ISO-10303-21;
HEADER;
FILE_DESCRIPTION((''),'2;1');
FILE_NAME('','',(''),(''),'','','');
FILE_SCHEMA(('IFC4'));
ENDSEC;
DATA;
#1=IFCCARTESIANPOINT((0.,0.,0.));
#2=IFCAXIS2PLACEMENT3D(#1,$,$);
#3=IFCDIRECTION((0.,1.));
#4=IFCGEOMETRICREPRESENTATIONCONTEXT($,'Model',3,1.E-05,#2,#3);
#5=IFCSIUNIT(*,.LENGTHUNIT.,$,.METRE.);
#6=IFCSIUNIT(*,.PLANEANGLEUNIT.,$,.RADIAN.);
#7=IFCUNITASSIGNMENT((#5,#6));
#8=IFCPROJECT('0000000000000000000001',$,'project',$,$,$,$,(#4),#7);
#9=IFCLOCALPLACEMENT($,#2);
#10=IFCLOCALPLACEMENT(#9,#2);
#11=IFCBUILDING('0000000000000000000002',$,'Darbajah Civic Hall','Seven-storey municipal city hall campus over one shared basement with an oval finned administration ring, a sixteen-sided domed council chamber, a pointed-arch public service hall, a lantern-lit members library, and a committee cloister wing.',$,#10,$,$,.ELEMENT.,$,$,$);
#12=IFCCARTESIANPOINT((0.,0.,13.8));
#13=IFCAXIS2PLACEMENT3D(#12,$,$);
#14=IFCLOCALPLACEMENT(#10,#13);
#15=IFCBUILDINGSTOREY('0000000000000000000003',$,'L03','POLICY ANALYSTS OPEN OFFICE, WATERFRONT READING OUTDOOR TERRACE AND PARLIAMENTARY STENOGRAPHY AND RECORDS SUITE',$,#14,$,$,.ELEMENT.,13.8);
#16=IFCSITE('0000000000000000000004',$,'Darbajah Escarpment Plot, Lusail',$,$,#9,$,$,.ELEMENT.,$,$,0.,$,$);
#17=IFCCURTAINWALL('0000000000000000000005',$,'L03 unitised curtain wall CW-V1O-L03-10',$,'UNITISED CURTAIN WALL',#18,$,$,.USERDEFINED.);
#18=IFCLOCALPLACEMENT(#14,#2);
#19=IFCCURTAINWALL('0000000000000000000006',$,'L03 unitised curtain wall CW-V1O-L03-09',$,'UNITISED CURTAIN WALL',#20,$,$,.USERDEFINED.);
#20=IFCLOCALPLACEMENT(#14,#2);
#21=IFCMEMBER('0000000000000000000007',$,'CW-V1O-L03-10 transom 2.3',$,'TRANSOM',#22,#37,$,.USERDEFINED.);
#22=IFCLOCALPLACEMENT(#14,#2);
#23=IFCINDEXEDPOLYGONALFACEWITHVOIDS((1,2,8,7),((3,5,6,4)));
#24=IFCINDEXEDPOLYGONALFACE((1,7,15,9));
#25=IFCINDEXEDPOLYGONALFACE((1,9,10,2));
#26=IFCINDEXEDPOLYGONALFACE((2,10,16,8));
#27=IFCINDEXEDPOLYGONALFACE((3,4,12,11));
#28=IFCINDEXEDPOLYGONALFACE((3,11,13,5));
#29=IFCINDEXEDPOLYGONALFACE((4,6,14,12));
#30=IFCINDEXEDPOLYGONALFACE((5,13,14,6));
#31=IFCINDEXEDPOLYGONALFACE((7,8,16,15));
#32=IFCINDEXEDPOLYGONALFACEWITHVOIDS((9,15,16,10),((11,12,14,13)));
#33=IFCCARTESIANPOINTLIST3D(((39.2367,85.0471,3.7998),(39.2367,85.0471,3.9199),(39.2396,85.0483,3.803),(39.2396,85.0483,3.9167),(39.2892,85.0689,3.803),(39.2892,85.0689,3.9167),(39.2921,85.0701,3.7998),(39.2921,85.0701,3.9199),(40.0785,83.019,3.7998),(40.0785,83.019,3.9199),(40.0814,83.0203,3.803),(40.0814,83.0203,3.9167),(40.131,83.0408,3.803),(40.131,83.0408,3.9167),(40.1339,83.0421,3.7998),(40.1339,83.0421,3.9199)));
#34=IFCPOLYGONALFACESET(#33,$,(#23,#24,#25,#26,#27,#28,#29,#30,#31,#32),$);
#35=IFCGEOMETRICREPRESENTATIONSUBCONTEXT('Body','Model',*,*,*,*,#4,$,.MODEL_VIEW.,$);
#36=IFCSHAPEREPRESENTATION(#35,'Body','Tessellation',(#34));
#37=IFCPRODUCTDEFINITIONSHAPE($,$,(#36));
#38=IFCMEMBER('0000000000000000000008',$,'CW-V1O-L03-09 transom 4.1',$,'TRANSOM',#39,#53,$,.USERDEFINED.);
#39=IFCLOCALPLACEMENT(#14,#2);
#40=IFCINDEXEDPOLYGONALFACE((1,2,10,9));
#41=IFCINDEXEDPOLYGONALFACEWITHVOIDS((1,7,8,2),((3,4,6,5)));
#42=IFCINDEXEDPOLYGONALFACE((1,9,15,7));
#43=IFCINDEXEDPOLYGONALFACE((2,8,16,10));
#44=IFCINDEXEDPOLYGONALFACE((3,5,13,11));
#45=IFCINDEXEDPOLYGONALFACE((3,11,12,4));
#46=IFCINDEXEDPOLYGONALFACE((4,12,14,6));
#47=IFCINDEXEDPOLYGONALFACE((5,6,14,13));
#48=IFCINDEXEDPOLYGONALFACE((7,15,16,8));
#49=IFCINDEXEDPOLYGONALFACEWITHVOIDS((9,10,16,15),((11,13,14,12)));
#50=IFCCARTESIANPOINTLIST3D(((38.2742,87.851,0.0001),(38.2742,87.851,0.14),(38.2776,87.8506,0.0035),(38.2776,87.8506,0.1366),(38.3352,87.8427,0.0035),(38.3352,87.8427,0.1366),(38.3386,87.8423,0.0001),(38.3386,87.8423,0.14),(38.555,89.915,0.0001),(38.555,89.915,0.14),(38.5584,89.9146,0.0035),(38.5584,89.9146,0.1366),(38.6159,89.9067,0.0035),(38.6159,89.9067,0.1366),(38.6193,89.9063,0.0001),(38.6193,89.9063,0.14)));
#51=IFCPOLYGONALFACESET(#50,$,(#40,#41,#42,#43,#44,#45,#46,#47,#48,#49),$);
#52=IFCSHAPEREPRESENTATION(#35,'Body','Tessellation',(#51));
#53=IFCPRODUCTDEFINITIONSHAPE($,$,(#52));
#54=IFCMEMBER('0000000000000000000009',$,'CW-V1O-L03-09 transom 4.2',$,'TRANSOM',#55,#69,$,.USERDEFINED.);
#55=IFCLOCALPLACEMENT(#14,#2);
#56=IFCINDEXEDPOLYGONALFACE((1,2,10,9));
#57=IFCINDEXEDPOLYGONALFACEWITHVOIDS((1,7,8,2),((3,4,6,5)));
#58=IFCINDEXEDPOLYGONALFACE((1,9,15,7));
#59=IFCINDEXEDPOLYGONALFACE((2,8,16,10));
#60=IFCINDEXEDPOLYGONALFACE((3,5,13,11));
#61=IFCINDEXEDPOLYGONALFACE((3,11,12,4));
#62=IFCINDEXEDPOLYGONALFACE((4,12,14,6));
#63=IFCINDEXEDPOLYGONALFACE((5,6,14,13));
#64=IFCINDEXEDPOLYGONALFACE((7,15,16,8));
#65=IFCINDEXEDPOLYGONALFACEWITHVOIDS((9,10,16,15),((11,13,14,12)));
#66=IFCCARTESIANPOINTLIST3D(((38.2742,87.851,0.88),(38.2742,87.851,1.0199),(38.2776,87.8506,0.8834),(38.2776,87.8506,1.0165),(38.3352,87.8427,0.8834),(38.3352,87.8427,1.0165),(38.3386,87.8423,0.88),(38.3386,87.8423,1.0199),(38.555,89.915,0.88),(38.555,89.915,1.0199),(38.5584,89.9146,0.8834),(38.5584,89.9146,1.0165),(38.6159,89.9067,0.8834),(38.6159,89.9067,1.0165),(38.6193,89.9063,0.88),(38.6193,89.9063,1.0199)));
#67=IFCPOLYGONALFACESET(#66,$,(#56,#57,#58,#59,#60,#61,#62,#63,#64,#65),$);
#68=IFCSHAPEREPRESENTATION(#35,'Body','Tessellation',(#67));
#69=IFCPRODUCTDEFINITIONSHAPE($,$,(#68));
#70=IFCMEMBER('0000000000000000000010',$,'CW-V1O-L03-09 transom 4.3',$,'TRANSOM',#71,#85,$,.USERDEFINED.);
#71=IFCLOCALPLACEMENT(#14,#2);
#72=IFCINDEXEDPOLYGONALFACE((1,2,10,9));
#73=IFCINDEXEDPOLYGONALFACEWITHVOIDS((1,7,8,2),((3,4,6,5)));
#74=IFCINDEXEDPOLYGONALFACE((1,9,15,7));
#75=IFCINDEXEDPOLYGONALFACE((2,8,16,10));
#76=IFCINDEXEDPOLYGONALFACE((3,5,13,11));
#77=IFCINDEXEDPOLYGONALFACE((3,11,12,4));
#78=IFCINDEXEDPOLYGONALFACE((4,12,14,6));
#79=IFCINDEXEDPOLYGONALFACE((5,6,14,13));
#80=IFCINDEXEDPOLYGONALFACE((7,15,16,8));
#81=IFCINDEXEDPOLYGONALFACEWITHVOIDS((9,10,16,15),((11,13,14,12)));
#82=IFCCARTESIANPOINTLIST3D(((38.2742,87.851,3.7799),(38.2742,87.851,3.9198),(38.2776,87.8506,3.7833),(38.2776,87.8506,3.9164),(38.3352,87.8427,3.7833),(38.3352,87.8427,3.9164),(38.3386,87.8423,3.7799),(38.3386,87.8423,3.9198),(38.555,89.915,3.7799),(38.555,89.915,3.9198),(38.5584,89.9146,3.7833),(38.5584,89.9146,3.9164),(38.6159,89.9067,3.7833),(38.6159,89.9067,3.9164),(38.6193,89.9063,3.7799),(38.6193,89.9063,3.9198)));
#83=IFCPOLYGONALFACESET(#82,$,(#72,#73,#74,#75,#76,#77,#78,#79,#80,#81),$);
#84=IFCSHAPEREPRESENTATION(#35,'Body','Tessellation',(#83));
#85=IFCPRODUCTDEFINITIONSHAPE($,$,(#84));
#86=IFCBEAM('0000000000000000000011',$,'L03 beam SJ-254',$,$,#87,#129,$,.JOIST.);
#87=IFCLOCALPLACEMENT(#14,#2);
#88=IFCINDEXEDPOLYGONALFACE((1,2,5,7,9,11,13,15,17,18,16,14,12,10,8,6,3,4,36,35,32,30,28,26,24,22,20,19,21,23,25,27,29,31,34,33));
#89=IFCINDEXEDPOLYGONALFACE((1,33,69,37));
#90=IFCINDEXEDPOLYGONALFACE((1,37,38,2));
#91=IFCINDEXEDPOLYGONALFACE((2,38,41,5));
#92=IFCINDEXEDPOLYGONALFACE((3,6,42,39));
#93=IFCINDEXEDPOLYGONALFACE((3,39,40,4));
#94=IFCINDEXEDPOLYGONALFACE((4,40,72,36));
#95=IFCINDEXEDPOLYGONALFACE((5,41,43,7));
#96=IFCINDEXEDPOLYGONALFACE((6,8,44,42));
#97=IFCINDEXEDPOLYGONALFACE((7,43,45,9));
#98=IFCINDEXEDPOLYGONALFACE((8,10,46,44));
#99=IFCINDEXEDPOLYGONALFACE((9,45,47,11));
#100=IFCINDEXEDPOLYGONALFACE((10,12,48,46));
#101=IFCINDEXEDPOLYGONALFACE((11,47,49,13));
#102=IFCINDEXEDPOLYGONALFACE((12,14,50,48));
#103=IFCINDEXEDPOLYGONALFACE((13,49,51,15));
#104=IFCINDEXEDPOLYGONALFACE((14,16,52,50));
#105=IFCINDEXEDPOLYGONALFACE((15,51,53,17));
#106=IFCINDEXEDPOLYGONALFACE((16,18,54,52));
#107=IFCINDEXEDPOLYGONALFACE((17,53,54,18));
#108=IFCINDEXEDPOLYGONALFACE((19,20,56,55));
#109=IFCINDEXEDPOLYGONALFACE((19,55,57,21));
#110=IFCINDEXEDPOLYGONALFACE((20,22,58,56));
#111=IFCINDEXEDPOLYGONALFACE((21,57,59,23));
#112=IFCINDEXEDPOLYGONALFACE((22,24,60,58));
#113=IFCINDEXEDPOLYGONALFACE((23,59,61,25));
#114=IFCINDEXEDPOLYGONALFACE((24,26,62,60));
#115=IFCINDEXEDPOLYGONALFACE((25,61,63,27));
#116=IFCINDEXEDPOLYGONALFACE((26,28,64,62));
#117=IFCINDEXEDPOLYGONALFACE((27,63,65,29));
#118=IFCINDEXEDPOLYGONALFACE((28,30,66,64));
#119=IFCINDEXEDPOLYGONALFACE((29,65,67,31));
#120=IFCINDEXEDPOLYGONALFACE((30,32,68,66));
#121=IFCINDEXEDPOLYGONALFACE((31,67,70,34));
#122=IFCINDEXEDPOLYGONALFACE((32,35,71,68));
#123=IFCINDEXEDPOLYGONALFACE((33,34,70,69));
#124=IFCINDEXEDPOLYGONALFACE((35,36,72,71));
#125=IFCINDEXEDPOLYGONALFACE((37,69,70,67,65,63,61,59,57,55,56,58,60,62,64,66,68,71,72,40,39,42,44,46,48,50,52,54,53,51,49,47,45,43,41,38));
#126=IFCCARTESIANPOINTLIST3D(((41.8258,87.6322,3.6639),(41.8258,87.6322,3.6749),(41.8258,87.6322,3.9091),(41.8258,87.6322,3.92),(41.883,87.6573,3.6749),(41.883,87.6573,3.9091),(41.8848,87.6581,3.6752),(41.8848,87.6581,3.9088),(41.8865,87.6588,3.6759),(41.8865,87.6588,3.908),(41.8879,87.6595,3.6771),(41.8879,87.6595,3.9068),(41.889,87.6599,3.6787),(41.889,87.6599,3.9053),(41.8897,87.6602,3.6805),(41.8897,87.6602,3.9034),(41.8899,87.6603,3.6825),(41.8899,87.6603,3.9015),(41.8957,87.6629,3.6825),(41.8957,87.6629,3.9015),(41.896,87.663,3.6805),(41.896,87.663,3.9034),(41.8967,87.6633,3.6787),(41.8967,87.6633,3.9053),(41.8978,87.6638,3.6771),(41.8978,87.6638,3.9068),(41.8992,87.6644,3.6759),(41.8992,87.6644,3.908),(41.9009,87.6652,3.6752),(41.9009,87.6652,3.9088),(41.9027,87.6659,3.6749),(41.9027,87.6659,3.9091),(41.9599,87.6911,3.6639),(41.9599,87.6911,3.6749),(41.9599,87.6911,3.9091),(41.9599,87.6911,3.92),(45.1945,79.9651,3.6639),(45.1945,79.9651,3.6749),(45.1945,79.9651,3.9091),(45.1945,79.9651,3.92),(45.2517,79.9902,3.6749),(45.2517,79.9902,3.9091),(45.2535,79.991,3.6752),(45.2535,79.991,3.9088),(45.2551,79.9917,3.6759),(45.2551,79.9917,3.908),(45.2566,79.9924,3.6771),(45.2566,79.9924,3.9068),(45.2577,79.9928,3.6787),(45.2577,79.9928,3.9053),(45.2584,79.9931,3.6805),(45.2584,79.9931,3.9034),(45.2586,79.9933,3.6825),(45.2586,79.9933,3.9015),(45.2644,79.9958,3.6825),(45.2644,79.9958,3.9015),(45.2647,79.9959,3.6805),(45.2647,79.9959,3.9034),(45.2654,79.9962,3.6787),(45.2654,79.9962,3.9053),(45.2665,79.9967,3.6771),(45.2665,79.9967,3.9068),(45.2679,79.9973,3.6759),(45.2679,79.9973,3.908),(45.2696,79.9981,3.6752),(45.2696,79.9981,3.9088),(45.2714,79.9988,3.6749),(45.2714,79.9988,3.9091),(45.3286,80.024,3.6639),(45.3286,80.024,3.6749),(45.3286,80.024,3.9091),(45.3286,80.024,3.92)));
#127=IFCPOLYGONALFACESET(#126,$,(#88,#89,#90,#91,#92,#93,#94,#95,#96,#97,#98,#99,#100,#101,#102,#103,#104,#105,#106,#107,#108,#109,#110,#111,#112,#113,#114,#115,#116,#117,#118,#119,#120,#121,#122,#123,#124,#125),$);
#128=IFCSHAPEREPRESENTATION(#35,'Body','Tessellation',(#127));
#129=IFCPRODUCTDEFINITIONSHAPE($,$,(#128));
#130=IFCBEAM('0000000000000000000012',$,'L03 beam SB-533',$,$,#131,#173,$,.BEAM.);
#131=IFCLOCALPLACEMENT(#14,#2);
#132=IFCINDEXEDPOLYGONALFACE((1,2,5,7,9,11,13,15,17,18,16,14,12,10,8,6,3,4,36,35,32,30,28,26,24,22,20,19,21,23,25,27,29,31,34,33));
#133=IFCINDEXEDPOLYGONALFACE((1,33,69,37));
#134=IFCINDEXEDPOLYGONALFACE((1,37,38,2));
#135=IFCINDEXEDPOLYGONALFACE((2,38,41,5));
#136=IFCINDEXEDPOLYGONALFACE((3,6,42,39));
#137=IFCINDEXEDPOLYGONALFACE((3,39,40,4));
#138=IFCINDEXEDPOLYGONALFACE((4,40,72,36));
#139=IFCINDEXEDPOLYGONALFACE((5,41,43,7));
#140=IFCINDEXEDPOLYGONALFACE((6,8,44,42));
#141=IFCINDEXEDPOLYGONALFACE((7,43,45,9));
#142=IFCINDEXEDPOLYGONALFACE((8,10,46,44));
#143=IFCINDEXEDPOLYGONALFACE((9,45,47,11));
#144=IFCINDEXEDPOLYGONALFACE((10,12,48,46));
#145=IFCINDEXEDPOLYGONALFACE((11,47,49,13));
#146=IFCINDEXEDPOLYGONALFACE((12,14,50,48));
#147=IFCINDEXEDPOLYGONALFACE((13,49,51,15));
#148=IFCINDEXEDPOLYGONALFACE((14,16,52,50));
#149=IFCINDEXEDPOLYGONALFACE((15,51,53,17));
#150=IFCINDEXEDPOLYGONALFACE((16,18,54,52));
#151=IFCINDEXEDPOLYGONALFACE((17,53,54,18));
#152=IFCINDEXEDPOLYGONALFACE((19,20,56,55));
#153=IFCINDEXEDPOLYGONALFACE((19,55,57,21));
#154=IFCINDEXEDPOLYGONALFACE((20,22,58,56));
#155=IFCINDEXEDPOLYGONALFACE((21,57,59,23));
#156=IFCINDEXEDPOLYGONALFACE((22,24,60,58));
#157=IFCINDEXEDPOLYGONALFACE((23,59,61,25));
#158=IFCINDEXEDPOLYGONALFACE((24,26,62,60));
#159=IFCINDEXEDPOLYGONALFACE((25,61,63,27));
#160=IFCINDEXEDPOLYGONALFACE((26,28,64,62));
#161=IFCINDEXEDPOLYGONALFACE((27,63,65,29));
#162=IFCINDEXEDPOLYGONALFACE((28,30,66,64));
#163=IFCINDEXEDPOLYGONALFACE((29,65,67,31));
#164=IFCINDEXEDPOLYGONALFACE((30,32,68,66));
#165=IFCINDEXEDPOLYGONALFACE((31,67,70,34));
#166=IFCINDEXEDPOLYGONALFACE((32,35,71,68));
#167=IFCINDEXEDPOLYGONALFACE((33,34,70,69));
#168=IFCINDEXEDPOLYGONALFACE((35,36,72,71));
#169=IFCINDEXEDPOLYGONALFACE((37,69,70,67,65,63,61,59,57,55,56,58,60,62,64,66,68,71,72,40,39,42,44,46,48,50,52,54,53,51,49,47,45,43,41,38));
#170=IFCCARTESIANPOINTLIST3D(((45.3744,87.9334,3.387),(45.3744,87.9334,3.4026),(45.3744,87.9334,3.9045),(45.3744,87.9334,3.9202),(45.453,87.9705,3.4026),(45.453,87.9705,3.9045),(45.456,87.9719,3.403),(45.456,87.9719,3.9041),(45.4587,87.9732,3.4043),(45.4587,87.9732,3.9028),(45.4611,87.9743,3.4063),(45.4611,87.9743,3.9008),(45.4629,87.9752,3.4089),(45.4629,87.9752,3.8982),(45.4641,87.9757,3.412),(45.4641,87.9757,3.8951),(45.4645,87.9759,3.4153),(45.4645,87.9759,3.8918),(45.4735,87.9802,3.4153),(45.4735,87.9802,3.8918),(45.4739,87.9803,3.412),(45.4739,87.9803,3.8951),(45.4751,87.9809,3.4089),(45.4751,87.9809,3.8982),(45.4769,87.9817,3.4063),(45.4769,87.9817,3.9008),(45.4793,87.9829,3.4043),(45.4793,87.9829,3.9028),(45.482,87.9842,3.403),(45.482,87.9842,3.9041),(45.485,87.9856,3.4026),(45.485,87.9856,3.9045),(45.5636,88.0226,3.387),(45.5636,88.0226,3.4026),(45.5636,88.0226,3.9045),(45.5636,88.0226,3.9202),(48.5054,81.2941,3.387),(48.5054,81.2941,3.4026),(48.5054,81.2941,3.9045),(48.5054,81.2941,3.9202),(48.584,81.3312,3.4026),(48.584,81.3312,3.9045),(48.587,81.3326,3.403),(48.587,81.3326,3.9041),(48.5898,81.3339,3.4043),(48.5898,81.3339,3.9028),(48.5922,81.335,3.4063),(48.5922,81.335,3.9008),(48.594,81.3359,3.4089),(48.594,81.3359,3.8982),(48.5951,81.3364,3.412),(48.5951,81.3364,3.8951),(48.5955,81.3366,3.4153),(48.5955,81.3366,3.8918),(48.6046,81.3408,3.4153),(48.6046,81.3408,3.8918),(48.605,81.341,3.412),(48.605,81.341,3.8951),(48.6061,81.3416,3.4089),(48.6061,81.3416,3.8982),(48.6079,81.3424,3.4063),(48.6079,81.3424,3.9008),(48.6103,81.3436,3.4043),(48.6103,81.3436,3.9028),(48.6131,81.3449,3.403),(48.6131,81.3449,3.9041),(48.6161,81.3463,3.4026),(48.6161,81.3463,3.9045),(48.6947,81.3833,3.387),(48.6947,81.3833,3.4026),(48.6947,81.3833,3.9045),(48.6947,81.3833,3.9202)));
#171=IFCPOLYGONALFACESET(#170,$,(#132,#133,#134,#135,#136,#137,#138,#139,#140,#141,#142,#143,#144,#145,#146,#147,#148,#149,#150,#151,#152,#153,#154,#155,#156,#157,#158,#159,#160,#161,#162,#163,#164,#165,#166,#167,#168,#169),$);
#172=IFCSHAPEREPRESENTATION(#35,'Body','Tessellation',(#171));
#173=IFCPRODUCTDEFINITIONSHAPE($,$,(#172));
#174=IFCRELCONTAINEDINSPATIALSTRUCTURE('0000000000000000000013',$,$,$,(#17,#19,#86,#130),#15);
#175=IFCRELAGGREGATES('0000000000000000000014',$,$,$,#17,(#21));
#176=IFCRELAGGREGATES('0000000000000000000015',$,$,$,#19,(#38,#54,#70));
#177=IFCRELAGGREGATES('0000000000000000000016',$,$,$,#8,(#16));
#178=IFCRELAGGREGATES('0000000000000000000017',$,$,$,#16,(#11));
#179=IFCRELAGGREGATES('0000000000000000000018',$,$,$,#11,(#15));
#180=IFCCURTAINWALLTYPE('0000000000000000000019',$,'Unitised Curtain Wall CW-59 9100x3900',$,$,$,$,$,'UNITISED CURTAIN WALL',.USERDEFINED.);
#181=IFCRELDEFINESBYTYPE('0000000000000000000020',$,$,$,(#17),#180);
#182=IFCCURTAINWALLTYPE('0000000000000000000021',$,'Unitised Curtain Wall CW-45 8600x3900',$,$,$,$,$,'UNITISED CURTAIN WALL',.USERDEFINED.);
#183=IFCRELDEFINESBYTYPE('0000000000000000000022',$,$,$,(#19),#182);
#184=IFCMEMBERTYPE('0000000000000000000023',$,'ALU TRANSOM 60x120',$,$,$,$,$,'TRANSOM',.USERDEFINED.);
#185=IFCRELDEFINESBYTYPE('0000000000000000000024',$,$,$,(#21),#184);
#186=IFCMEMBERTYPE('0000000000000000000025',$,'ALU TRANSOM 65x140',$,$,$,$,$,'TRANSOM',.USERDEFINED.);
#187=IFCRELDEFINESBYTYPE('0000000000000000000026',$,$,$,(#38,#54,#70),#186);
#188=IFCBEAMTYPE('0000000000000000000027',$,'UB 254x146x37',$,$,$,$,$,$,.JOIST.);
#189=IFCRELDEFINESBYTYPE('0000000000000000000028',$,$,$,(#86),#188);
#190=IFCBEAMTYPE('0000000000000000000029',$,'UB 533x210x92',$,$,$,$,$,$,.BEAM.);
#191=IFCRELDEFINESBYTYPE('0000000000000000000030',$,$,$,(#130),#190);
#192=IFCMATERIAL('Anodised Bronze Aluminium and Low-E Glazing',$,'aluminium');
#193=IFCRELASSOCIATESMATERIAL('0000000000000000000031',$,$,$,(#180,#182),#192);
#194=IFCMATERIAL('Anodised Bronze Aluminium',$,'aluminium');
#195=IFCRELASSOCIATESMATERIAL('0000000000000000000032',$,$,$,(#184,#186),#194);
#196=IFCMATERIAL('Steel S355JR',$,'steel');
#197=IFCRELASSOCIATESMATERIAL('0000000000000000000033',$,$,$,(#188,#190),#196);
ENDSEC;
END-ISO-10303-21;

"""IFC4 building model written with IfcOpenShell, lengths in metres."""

from ifc_helpers import new_model, si_unit, direction, frame, origin, origin_2d, place, context, subcontext, project, spatial, hollow_rectangle, i_section, extrude, material, material_profile, profile_set, type_object, element, aggregate, save


model = new_model("IFC4")

# Units and contexts
model_context = context("Model", 3, precision=1e-05, world=origin(), true_north=direction((0.0, 1.0)))
body_context = subcontext(model_context, "Body", "Model", "MODEL_VIEW")
ifc_project = project(units=[si_unit("LENGTHUNIT", "METRE"), si_unit("PLANEANGLEUNIT", "RADIAN")], contexts=[model_context])

# Site, building, storey
site_placement = place(None, origin())
site = spatial("IfcSite", under=ifc_project, at=site_placement, Name="Darbajah Escarpment Plot, Lusail", CompositionType="ELEMENT", RefElevation=0.0)
building_placement = place(site_placement, origin())
building = spatial("IfcBuilding", under=site, at=building_placement, Name="Darbajah Civic Hall", Description="Seven-storey municipal city hall campus over one shared basement with an oval finned administration ring, a sixteen-sided domed council chamber, a pointed-arch public service hall, a lantern-lit members library, and a committee cloister wing.", CompositionType="ELEMENT")
storey_placement = place(building_placement, frame((0.0, 0.0, 13.8)))
storey = spatial("IfcBuildingStorey", under=building, at=storey_placement, Name="L03", Description="POLICY ANALYSTS OPEN OFFICE, WATERFRONT READING OUTDOOR TERRACE AND PARLIAMENTARY STENOGRAPHY AND RECORDS SUITE", CompositionType="ELEMENT", Elevation=13.8)

# Shared definitions
ifc_material_1 = material(Name="Anodised Bronze Aluminium and Low-E Glazing", Category="aluminium")
ifc_material_2 = material(Name="Anodised Bronze Aluminium", Category="aluminium")

# Curtain wall
curtain_wall_type_1 = type_object("IfcCurtainWallType", Name="Unitised Curtain Wall CW-59 9100x3900", ElementType="UNITISED CURTAIN WALL", PredefinedType="USERDEFINED", material=ifc_material_1)
curtain_wall_1_placement = place(storey_placement, origin())
curtain_wall_1 = element("IfcCurtainWall", 1, at=curtain_wall_1_placement, inside=storey, type_object=curtain_wall_type_1, Name="L03 unitised curtain wall CW-V1O-L03-10", ObjectType="UNITISED CURTAIN WALL", PredefinedType="USERDEFINED")

# Curtain wall
curtain_wall_type_2 = type_object("IfcCurtainWallType", Name="Unitised Curtain Wall CW-45 8600x3900", ElementType="UNITISED CURTAIN WALL", PredefinedType="USERDEFINED", material=ifc_material_1)
curtain_wall_2_placement = place(storey_placement, origin())
curtain_wall_2 = element("IfcCurtainWall", 2, at=curtain_wall_2_placement, inside=storey, type_object=curtain_wall_type_2, Name="L03 unitised curtain wall CW-V1O-L03-09", ObjectType="UNITISED CURTAIN WALL", PredefinedType="USERDEFINED")

# Members
ifc_material_profile_1 = material_profile(ifc_material_2, hollow_rectangle(XDim=0.0601, YDim=0.1201, WallThickness=0.0032, at=origin_2d()), Name="ALU TRANSOM 60x120")
ifc_profile_set_1 = profile_set([ifc_material_profile_1], Name="Anodised Bronze Aluminium")
member_type_1 = type_object("IfcMemberType", Name="ALU TRANSOM 60x120", ElementType="TRANSOM", PredefinedType="USERDEFINED", material=ifc_profile_set_1)
member_1_placement = place(storey_placement, frame((39.2644, 85.0586, 3.8599), z_axis=(0.38336, -0.923599, 0.0), x_axis=(0.923599, 0.38336, 0.0)))
member_1 = element("IfcMember", 3, at=member_1_placement, type_object=member_type_1, Name="CW-V1O-L03-10 transom 2.3", ObjectType="TRANSOM", PredefinedType="USERDEFINED", context=body_context, shape_type="SweptSolid", body=[
    extrude(hollow_rectangle(XDim=0.0601, YDim=0.1201, WallThickness=0.0032, at=origin_2d()), origin(), (0.0, 0.0, 1.0), 2.1958),
])
ifc_material_profile_2 = material_profile(ifc_material_2, hollow_rectangle(XDim=0.0649, YDim=0.1399, WallThickness=0.0034, at=origin_2d()), Name="ALU TRANSOM 65x140")
ifc_profile_set_2 = profile_set([ifc_material_profile_2], Name="Anodised Bronze Aluminium")
member_type_2 = type_object("IfcMemberType", Name="ALU TRANSOM 65x140", ElementType="TRANSOM", PredefinedType="USERDEFINED", material=ifc_profile_set_2)
member_2_placement = place(storey_placement, frame((38.5872, 89.9106, 0.0701), z_axis=(-0.134789, -0.990874, 0.0), x_axis=(0.990874, -0.134789, 0.0)))
member_2 = element("IfcMember", 4, at=member_2_placement, type_object=member_type_2, Name="CW-V1O-L03-09 transom 4.1", ObjectType="TRANSOM", PredefinedType="USERDEFINED", context=body_context, shape_type="SweptSolid", body=[
    extrude(hollow_rectangle(XDim=0.0649, YDim=0.1399, WallThickness=0.0034, at=origin_2d()), origin(), (0.0, 0.0, 1.0), 2.083),
])
member_3_placement = place(storey_placement, frame((38.5872, 89.9106, 0.95), z_axis=(-0.134789, -0.990874, 0.0), x_axis=(0.990874, -0.134789, 0.0)))
member_3 = element("IfcMember", 5, at=member_3_placement, type_object=member_type_2, Name="CW-V1O-L03-09 transom 4.2", ObjectType="TRANSOM", PredefinedType="USERDEFINED", context=body_context, shape_type="SweptSolid", body=[
    extrude(hollow_rectangle(XDim=0.0649, YDim=0.1399, WallThickness=0.0034, at=origin_2d()), origin(), (0.0, 0.0, 1.0), 2.083),
])
member_4_placement = place(storey_placement, frame((38.5872, 89.9106, 3.8499), z_axis=(-0.134789, -0.990874, 0.0), x_axis=(0.990874, -0.134789, 0.0)))
member_4 = element("IfcMember", 6, at=member_4_placement, type_object=member_type_2, Name="CW-V1O-L03-09 transom 4.3", ObjectType="TRANSOM", PredefinedType="USERDEFINED", context=body_context, shape_type="SweptSolid", body=[
    extrude(hollow_rectangle(XDim=0.0649, YDim=0.1399, WallThickness=0.0034, at=origin_2d()), origin(), (0.0, 0.0, 1.0), 2.083),
])

# Beams
ifc_material_3 = material(Name="Steel S355JR", Category="steel")
ifc_material_profile_3 = material_profile(ifc_material_3, i_section(OverallWidth=0.1465, OverallDepth=0.2561, WebThickness=0.0063, FlangeThickness=0.011, FilletRadius=0.0076, at=origin_2d()), Name="UB 254x146x37")
ifc_profile_set_3 = profile_set([ifc_material_profile_3], Name="Steel S355JR")
beam_type_1 = type_object("IfcBeamType", Name="UB 254x146x37", PredefinedType="JOIST", material=ifc_profile_set_3)
beam_1_placement = place(storey_placement, frame((41.8928, 87.6616, 3.792), z_axis=(0.402256, -0.915527, 0.0), x_axis=(0.915527, 0.402256, 0.0)))
element("IfcBeam", 7, at=beam_1_placement, inside=storey, type_object=beam_type_1, Name="L03 beam SJ-254", PredefinedType="JOIST", context=body_context, shape_type="SweptSolid", body=[
    extrude(i_section(OverallWidth=0.1465, OverallDepth=0.2561, WebThickness=0.0063, FlangeThickness=0.011, FilletRadius=0.0076, at=origin_2d()), origin(), (0.0, 0.0, 1.0), 8.3745),
])
ifc_material_profile_4 = material_profile(ifc_material_3, i_section(OverallWidth=0.2092, OverallDepth=0.5332, WebThickness=0.01, FlangeThickness=0.0156, FilletRadius=0.0127, at=origin_2d()), Name="UB 533x210x92")
ifc_profile_set_4 = profile_set([ifc_material_profile_4], Name="Steel S355JR")
beam_type_2 = type_object("IfcBeamType", Name="UB 533x210x92", PredefinedType="BEAM", material=ifc_profile_set_4)
beam_2_placement = place(storey_placement, frame((45.469, 87.978, 3.6536), z_axis=(0.426542, -0.904468, 0.0), x_axis=(0.904468, 0.426542, 0.0)))
element("IfcBeam", 8, at=beam_2_placement, inside=storey, type_object=beam_type_2, Name="L03 beam SB-533", PredefinedType="BEAM", context=body_context, shape_type="SweptSolid", body=[
    extrude(i_section(OverallWidth=0.2092, OverallDepth=0.5332, WebThickness=0.01, FlangeThickness=0.0156, FilletRadius=0.0127, at=origin_2d()), origin(), (0.0, 0.0, 1.0), 7.3406),
])

aggregate(curtain_wall_1, [member_1])
aggregate(curtain_wall_2, [member_2, member_3, member_4])

save(model, "model.ifc")
